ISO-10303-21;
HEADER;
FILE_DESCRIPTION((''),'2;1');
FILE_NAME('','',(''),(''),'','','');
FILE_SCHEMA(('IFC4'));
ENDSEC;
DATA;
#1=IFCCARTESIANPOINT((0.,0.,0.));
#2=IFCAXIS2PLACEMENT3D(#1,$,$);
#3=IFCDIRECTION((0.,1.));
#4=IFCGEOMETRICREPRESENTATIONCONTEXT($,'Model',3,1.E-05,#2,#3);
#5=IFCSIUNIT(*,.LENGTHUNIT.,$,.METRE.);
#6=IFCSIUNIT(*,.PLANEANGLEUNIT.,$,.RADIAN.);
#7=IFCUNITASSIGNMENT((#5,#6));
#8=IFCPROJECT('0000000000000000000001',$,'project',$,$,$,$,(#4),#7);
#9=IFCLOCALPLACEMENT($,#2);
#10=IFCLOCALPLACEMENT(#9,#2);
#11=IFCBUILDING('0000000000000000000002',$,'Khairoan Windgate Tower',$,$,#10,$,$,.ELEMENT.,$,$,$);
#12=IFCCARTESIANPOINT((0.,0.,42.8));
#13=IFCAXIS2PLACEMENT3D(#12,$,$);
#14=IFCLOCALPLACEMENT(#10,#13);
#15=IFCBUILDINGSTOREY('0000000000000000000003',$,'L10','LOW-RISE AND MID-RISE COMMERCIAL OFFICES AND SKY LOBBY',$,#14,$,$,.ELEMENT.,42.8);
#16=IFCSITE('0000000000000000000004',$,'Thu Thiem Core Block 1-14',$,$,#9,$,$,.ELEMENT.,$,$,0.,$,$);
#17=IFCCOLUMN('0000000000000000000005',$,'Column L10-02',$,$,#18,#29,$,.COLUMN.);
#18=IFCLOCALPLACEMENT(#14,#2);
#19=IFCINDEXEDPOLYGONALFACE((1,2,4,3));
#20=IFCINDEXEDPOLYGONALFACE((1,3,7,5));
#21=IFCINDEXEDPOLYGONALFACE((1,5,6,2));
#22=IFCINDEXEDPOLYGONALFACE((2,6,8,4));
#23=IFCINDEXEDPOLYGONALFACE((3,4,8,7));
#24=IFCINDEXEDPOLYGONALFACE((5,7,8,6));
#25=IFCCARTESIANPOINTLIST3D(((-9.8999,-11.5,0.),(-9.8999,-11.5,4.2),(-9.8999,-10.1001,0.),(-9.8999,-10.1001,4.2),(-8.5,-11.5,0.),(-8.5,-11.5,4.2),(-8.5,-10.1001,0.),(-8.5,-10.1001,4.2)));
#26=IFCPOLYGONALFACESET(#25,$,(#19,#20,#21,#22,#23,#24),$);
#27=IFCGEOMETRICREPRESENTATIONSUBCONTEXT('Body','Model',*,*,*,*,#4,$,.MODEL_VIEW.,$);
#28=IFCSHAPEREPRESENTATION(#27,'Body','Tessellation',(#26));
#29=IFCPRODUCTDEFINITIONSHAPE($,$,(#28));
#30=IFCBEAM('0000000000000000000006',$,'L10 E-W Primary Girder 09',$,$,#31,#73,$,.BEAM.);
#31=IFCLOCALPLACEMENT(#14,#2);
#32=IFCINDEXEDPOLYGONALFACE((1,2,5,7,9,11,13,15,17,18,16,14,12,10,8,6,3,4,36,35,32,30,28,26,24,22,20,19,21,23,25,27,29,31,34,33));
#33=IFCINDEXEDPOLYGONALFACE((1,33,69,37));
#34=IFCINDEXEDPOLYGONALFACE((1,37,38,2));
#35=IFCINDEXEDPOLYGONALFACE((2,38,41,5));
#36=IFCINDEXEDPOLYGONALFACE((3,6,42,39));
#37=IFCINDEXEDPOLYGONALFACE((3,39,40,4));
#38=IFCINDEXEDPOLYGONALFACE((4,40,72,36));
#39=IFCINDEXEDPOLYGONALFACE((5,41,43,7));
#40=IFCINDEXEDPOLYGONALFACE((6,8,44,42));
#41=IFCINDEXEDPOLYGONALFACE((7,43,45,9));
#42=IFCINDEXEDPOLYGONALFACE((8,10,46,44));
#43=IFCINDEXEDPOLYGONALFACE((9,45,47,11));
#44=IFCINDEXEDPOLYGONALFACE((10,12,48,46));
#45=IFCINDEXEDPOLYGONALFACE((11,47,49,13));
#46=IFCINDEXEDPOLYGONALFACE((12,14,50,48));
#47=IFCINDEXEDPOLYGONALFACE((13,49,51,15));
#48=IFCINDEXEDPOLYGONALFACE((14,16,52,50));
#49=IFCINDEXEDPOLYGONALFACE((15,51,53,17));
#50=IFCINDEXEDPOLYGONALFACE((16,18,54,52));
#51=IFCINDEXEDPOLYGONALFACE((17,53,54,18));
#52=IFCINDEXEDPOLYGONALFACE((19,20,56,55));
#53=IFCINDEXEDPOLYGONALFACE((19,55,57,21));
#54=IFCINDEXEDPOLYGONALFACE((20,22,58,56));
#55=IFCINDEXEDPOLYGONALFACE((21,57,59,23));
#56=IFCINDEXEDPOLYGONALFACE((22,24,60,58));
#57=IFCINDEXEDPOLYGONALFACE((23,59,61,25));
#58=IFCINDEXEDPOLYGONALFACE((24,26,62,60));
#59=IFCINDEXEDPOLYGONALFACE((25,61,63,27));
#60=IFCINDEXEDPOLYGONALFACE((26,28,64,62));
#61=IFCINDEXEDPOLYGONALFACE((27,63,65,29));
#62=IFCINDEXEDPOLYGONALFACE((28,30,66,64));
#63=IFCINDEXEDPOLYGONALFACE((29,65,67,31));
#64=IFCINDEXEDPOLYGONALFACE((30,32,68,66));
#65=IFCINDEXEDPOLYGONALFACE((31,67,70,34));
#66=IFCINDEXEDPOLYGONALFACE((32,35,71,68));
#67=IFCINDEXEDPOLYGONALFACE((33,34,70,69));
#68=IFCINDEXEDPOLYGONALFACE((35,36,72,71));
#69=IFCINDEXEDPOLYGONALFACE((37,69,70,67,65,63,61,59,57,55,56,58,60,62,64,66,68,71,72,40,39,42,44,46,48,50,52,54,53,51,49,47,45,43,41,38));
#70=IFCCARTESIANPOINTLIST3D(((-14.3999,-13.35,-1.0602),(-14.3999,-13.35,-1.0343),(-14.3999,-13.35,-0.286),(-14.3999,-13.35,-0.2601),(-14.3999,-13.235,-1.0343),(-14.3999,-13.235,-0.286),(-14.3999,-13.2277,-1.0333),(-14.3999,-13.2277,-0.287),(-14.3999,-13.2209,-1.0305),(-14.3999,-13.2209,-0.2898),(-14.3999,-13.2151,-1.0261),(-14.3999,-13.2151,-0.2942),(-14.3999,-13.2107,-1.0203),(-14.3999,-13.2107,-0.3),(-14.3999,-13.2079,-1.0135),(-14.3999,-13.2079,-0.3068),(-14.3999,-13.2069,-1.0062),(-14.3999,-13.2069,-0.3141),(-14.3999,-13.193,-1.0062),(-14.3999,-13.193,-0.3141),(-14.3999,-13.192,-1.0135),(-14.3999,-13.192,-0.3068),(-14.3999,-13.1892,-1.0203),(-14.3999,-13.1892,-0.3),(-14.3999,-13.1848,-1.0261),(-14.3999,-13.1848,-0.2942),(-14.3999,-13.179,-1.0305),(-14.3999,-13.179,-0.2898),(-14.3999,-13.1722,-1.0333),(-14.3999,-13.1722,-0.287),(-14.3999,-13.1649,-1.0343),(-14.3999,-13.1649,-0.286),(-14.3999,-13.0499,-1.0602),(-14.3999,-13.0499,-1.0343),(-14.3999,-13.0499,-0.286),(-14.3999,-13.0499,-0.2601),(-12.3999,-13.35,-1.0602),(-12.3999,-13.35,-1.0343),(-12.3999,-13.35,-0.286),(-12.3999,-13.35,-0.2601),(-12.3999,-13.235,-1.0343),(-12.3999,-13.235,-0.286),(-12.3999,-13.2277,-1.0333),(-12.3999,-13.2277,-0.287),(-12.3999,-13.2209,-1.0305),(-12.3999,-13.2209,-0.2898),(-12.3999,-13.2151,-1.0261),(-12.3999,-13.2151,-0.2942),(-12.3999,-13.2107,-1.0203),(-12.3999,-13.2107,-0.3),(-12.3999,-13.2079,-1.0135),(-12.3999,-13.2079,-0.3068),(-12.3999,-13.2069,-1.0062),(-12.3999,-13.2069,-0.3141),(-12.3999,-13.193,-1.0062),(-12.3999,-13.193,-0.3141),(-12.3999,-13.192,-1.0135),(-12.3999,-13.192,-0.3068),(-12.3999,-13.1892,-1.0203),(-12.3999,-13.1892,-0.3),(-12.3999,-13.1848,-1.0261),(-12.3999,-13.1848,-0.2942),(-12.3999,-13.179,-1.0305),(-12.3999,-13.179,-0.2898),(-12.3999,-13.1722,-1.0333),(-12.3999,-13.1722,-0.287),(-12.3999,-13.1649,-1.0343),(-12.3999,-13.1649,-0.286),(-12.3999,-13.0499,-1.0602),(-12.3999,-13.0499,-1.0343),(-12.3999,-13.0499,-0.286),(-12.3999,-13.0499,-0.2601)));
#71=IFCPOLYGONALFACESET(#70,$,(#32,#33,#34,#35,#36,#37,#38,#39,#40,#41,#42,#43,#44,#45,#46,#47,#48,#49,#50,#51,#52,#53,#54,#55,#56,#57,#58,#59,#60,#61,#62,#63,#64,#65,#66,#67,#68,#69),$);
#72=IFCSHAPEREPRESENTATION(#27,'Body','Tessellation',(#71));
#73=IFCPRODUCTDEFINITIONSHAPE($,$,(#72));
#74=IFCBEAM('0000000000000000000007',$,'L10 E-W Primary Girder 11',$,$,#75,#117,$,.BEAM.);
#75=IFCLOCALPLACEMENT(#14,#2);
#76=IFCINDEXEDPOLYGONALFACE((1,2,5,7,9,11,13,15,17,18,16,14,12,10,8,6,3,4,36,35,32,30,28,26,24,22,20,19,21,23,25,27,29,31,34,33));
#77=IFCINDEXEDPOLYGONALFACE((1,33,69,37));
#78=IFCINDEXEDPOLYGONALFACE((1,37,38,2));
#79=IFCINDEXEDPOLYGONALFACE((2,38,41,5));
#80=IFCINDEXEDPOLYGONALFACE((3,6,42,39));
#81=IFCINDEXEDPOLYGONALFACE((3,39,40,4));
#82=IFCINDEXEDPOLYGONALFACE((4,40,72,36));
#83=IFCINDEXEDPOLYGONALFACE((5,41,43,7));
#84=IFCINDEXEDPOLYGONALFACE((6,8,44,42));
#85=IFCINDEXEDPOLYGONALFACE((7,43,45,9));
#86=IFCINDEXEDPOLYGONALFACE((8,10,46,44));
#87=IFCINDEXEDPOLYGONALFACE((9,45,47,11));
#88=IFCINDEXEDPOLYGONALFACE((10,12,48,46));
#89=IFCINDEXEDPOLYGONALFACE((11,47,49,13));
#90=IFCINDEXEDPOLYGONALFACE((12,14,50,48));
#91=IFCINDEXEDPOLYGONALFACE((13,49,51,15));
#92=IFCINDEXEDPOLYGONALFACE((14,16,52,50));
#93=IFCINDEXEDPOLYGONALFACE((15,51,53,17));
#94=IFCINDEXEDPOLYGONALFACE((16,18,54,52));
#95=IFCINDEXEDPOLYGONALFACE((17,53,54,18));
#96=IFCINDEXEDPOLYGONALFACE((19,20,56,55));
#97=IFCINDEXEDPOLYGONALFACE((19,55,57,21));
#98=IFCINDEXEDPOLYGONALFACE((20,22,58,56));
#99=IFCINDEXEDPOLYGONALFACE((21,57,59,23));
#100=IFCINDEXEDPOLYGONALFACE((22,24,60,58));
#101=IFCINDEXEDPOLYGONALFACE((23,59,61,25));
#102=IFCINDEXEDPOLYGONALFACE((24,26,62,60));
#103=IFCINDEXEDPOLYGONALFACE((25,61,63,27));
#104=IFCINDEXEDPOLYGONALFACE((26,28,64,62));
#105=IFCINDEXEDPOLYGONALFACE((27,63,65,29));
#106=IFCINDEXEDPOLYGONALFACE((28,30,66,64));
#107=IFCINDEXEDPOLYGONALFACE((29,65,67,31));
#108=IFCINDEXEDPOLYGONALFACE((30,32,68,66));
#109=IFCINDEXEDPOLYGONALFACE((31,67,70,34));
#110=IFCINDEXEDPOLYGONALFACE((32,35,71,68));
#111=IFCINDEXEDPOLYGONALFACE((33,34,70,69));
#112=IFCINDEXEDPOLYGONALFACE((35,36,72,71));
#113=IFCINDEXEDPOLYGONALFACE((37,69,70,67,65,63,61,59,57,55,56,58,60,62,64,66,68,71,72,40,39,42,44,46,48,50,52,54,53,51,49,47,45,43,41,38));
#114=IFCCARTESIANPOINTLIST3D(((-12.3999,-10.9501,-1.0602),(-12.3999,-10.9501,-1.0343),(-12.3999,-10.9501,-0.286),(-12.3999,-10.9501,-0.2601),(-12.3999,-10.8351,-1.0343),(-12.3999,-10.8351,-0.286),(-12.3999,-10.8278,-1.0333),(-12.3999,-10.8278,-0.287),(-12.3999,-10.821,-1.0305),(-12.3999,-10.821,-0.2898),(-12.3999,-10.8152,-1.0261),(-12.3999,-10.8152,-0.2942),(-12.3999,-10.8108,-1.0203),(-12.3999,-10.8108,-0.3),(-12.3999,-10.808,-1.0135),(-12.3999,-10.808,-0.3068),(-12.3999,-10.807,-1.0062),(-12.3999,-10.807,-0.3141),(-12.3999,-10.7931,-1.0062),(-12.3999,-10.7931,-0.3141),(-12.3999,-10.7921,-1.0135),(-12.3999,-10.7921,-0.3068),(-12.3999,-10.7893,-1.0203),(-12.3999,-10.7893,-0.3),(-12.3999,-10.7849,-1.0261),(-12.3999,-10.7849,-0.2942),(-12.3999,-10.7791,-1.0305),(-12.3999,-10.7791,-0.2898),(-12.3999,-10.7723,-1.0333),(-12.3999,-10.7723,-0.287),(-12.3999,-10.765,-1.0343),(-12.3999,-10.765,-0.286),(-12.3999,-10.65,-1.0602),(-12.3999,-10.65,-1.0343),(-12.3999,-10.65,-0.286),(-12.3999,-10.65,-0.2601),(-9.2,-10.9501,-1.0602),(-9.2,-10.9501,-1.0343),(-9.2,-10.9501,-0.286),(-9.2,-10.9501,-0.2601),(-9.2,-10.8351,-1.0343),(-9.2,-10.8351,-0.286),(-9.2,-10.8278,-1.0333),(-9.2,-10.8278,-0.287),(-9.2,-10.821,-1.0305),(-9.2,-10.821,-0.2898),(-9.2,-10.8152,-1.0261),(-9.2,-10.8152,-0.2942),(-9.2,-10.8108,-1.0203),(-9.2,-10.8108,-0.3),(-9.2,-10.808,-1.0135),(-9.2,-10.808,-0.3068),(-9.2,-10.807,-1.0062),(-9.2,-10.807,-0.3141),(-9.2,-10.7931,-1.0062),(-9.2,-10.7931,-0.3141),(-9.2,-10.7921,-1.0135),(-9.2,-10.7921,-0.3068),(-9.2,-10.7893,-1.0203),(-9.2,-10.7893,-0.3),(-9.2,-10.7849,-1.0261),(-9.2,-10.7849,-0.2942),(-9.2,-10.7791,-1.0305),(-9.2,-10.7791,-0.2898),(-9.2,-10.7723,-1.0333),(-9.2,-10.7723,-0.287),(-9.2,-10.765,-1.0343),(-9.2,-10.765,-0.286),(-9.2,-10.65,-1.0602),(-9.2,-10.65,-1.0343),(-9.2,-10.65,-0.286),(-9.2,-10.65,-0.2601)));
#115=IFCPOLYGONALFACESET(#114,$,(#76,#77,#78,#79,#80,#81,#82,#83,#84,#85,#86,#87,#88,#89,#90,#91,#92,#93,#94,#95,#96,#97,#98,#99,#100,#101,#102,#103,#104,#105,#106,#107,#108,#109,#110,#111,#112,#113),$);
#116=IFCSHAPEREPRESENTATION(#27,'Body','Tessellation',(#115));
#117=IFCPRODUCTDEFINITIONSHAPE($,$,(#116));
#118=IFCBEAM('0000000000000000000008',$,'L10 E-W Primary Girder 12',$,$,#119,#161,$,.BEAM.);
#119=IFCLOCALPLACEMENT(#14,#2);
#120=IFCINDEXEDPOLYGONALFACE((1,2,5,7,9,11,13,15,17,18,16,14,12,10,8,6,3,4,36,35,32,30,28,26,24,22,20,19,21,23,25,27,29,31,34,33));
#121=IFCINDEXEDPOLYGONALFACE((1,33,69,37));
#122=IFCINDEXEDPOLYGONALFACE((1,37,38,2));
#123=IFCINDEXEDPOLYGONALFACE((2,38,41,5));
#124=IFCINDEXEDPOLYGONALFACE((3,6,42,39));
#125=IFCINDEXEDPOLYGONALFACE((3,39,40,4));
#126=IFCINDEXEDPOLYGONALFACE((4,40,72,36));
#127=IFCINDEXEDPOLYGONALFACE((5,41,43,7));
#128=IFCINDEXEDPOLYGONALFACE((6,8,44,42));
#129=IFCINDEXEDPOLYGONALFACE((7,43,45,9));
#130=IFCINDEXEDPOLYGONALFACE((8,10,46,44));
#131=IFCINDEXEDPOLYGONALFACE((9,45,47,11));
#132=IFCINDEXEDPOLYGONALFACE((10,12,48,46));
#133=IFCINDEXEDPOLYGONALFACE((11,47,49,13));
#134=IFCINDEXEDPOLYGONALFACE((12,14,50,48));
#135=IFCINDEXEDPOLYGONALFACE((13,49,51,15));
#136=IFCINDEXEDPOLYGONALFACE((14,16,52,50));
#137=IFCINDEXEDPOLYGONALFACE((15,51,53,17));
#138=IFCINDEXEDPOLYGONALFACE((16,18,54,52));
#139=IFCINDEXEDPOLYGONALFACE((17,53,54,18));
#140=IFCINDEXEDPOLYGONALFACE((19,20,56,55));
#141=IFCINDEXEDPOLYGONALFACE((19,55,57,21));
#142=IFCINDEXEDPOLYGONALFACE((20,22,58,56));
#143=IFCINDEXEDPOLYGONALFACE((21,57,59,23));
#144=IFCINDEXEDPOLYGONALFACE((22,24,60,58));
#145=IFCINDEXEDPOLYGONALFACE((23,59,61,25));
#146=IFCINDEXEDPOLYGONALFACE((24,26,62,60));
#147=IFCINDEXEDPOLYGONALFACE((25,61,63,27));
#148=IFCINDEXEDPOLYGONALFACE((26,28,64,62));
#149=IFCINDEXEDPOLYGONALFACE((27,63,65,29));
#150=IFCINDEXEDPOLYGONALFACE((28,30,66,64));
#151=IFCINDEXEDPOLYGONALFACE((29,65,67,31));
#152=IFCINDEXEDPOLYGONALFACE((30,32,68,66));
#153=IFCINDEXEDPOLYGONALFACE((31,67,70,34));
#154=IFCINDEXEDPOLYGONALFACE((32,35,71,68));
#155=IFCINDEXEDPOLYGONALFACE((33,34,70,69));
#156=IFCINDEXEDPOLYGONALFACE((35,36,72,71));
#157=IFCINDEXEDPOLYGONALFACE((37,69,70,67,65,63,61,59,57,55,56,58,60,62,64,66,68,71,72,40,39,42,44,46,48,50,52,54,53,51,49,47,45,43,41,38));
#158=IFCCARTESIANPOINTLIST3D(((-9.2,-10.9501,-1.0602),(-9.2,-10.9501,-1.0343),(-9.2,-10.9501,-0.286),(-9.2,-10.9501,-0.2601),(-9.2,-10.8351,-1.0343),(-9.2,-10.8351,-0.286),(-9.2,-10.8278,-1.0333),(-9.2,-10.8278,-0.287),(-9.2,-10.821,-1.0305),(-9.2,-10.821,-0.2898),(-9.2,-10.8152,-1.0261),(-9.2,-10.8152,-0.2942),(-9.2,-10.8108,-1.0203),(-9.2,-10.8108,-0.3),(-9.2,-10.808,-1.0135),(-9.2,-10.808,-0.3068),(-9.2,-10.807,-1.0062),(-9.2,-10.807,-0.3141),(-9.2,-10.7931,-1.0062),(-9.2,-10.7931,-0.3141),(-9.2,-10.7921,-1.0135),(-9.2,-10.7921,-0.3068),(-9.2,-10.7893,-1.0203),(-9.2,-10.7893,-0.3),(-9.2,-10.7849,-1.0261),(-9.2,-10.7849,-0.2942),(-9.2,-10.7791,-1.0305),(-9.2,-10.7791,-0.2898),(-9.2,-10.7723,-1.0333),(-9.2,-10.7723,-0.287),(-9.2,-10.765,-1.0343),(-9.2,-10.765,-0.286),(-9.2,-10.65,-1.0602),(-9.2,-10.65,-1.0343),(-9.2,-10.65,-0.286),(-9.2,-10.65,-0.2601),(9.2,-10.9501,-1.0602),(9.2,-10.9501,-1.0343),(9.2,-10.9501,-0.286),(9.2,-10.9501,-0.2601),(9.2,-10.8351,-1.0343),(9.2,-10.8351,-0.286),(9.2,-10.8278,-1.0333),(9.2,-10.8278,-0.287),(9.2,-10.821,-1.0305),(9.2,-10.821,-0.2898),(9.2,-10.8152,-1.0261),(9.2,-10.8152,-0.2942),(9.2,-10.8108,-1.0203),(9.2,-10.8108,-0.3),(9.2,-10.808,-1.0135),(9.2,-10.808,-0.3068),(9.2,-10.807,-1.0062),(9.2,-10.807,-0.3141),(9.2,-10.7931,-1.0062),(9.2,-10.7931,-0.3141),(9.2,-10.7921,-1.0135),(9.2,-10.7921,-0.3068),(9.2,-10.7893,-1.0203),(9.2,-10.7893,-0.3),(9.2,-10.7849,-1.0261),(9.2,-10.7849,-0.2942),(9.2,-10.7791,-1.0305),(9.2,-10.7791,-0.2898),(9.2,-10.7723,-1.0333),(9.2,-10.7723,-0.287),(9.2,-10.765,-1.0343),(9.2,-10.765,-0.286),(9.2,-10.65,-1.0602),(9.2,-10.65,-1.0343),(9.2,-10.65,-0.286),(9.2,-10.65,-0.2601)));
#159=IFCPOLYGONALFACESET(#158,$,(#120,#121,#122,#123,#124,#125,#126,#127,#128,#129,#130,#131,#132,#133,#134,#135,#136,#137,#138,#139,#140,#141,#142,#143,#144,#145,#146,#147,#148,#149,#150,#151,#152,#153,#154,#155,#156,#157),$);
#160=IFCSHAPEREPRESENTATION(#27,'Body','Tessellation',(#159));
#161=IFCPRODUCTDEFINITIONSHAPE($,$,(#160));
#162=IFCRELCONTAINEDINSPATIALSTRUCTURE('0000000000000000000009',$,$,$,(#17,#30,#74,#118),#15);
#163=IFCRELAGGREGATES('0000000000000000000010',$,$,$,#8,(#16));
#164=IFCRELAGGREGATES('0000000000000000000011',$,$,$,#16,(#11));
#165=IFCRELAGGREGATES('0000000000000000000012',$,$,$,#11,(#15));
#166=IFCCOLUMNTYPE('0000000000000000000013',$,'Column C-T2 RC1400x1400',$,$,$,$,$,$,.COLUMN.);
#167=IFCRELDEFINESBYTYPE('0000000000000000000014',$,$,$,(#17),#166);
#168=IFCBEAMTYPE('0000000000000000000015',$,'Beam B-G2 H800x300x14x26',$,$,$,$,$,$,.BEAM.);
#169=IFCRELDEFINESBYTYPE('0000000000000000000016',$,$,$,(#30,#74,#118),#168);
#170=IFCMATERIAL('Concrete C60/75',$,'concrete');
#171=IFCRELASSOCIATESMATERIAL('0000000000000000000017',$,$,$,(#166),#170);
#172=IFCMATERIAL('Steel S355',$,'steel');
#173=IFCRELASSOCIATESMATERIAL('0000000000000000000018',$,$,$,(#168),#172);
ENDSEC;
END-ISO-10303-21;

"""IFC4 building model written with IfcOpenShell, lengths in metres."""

from ifc_helpers import new_model, si_unit, direction, frame, origin, origin_2d, place, context, subcontext, project, spatial, rectangle, i_section, extrude, material, material_profile, profile_set, type_object, element, save


model = new_model("IFC4")

# Units and contexts
model_context = context("Model", 3, precision=1e-05, world=origin(), true_north=direction((0.0, 1.0)))
body_context = subcontext(model_context, "Body", "Model", "MODEL_VIEW")
ifc_project = project(units=[si_unit("LENGTHUNIT", "METRE"), si_unit("PLANEANGLEUNIT", "RADIAN")], contexts=[model_context])

# Site, building, storey
site_placement = place(None, origin())
site = spatial("IfcSite", under=ifc_project, at=site_placement, Name="Thu Thiem Core Block 1-14", CompositionType="ELEMENT", RefElevation=0.0)
building_placement = place(site_placement, origin())
building = spatial("IfcBuilding", under=site, at=building_placement, Name="Khairoan Windgate Tower", CompositionType="ELEMENT")
storey_placement = place(building_placement, frame((0.0, 0.0, 42.8)))
storey = spatial("IfcBuildingStorey", under=building, at=storey_placement, Name="L10", Description="LOW-RISE AND MID-RISE COMMERCIAL OFFICES AND SKY LOBBY", CompositionType="ELEMENT", Elevation=42.8)

# Column
ifc_material_1 = material(Name="Concrete C60/75", Category="concrete")
ifc_material_profile_1 = material_profile(ifc_material_1, rectangle(XDim=1.3999, YDim=1.3999, at=origin_2d()))
ifc_profile_set_1 = profile_set([ifc_material_profile_1], Name="Concrete C60/75")
column_type = type_object("IfcColumnType", Name="Column C-T2 RC1400x1400", PredefinedType="COLUMN", material=ifc_profile_set_1)
column_placement = place(storey_placement, frame((-9.2, -10.8, 0.0), z_axis=(0.0, 0.0, 1.0), x_axis=(1.0, 0.0, 0.0)))
element("IfcColumn", 1, at=column_placement, inside=storey, type_object=column_type, Name="Column L10-02", PredefinedType="COLUMN", context=body_context, shape_type="SweptSolid", body=[
    extrude(rectangle(XDim=1.3999, YDim=1.3999, at=origin_2d()), origin(), (0.0, 0.0, 1.0), 4.2),
])

# Beams
ifc_material_2 = material(Name="Steel S355", Category="steel")
ifc_material_profile_2 = material_profile(ifc_material_2, i_section(OverallWidth=0.3, OverallDepth=0.8, WebThickness=0.0139, FlangeThickness=0.0259, FilletRadius=0.0281, at=origin_2d()))
ifc_profile_set_2 = profile_set([ifc_material_profile_2], Name="Steel S355")
beam_type_1 = type_object("IfcBeamType", Name="Beam B-G2 H800x300x14x26", PredefinedType="BEAM", material=ifc_profile_set_2)
beam_1_placement = place(storey_placement, frame((-14.3999, -13.2, -0.6602), z_axis=(1.0, 0.0, 0.0), x_axis=(0.0, 1.0, 0.0)))
element("IfcBeam", 2, at=beam_1_placement, inside=storey, type_object=beam_type_1, Name="L10 E-W Primary Girder 09", PredefinedType="BEAM", context=body_context, shape_type="SweptSolid", body=[
    extrude(i_section(OverallWidth=0.3, OverallDepth=0.8, WebThickness=0.0139, FlangeThickness=0.0259, FilletRadius=0.0281, at=origin_2d()), origin(), (0.0, 0.0, 1.0), 2.0),
])
beam_2_placement = place(storey_placement, frame((-12.3999, -10.8, -0.6602), z_axis=(1.0, 0.0, 0.0), x_axis=(0.0, 1.0, 0.0)))
element("IfcBeam", 3, at=beam_2_placement, inside=storey, type_object=beam_type_1, Name="L10 E-W Primary Girder 11", PredefinedType="BEAM", context=body_context, shape_type="SweptSolid", body=[
    extrude(i_section(OverallWidth=0.3, OverallDepth=0.8, WebThickness=0.0139, FlangeThickness=0.0259, FilletRadius=0.0281, at=origin_2d()), origin(), (0.0, 0.0, 1.0), 3.2),
])
beam_3_placement = place(storey_placement, frame((-9.2, -10.8, -0.6602), z_axis=(1.0, 0.0, 0.0), x_axis=(0.0, 1.0, 0.0)))
element("IfcBeam", 4, at=beam_3_placement, inside=storey, type_object=beam_type_1, Name="L10 E-W Primary Girder 12", PredefinedType="BEAM", context=body_context, shape_type="SweptSolid", body=[
    extrude(i_section(OverallWidth=0.3, OverallDepth=0.8, WebThickness=0.0139, FlangeThickness=0.0259, FilletRadius=0.0281, at=origin_2d()), origin(), (0.0, 0.0, 1.0), 18.3999),
])

save(model, "model.ifc")
